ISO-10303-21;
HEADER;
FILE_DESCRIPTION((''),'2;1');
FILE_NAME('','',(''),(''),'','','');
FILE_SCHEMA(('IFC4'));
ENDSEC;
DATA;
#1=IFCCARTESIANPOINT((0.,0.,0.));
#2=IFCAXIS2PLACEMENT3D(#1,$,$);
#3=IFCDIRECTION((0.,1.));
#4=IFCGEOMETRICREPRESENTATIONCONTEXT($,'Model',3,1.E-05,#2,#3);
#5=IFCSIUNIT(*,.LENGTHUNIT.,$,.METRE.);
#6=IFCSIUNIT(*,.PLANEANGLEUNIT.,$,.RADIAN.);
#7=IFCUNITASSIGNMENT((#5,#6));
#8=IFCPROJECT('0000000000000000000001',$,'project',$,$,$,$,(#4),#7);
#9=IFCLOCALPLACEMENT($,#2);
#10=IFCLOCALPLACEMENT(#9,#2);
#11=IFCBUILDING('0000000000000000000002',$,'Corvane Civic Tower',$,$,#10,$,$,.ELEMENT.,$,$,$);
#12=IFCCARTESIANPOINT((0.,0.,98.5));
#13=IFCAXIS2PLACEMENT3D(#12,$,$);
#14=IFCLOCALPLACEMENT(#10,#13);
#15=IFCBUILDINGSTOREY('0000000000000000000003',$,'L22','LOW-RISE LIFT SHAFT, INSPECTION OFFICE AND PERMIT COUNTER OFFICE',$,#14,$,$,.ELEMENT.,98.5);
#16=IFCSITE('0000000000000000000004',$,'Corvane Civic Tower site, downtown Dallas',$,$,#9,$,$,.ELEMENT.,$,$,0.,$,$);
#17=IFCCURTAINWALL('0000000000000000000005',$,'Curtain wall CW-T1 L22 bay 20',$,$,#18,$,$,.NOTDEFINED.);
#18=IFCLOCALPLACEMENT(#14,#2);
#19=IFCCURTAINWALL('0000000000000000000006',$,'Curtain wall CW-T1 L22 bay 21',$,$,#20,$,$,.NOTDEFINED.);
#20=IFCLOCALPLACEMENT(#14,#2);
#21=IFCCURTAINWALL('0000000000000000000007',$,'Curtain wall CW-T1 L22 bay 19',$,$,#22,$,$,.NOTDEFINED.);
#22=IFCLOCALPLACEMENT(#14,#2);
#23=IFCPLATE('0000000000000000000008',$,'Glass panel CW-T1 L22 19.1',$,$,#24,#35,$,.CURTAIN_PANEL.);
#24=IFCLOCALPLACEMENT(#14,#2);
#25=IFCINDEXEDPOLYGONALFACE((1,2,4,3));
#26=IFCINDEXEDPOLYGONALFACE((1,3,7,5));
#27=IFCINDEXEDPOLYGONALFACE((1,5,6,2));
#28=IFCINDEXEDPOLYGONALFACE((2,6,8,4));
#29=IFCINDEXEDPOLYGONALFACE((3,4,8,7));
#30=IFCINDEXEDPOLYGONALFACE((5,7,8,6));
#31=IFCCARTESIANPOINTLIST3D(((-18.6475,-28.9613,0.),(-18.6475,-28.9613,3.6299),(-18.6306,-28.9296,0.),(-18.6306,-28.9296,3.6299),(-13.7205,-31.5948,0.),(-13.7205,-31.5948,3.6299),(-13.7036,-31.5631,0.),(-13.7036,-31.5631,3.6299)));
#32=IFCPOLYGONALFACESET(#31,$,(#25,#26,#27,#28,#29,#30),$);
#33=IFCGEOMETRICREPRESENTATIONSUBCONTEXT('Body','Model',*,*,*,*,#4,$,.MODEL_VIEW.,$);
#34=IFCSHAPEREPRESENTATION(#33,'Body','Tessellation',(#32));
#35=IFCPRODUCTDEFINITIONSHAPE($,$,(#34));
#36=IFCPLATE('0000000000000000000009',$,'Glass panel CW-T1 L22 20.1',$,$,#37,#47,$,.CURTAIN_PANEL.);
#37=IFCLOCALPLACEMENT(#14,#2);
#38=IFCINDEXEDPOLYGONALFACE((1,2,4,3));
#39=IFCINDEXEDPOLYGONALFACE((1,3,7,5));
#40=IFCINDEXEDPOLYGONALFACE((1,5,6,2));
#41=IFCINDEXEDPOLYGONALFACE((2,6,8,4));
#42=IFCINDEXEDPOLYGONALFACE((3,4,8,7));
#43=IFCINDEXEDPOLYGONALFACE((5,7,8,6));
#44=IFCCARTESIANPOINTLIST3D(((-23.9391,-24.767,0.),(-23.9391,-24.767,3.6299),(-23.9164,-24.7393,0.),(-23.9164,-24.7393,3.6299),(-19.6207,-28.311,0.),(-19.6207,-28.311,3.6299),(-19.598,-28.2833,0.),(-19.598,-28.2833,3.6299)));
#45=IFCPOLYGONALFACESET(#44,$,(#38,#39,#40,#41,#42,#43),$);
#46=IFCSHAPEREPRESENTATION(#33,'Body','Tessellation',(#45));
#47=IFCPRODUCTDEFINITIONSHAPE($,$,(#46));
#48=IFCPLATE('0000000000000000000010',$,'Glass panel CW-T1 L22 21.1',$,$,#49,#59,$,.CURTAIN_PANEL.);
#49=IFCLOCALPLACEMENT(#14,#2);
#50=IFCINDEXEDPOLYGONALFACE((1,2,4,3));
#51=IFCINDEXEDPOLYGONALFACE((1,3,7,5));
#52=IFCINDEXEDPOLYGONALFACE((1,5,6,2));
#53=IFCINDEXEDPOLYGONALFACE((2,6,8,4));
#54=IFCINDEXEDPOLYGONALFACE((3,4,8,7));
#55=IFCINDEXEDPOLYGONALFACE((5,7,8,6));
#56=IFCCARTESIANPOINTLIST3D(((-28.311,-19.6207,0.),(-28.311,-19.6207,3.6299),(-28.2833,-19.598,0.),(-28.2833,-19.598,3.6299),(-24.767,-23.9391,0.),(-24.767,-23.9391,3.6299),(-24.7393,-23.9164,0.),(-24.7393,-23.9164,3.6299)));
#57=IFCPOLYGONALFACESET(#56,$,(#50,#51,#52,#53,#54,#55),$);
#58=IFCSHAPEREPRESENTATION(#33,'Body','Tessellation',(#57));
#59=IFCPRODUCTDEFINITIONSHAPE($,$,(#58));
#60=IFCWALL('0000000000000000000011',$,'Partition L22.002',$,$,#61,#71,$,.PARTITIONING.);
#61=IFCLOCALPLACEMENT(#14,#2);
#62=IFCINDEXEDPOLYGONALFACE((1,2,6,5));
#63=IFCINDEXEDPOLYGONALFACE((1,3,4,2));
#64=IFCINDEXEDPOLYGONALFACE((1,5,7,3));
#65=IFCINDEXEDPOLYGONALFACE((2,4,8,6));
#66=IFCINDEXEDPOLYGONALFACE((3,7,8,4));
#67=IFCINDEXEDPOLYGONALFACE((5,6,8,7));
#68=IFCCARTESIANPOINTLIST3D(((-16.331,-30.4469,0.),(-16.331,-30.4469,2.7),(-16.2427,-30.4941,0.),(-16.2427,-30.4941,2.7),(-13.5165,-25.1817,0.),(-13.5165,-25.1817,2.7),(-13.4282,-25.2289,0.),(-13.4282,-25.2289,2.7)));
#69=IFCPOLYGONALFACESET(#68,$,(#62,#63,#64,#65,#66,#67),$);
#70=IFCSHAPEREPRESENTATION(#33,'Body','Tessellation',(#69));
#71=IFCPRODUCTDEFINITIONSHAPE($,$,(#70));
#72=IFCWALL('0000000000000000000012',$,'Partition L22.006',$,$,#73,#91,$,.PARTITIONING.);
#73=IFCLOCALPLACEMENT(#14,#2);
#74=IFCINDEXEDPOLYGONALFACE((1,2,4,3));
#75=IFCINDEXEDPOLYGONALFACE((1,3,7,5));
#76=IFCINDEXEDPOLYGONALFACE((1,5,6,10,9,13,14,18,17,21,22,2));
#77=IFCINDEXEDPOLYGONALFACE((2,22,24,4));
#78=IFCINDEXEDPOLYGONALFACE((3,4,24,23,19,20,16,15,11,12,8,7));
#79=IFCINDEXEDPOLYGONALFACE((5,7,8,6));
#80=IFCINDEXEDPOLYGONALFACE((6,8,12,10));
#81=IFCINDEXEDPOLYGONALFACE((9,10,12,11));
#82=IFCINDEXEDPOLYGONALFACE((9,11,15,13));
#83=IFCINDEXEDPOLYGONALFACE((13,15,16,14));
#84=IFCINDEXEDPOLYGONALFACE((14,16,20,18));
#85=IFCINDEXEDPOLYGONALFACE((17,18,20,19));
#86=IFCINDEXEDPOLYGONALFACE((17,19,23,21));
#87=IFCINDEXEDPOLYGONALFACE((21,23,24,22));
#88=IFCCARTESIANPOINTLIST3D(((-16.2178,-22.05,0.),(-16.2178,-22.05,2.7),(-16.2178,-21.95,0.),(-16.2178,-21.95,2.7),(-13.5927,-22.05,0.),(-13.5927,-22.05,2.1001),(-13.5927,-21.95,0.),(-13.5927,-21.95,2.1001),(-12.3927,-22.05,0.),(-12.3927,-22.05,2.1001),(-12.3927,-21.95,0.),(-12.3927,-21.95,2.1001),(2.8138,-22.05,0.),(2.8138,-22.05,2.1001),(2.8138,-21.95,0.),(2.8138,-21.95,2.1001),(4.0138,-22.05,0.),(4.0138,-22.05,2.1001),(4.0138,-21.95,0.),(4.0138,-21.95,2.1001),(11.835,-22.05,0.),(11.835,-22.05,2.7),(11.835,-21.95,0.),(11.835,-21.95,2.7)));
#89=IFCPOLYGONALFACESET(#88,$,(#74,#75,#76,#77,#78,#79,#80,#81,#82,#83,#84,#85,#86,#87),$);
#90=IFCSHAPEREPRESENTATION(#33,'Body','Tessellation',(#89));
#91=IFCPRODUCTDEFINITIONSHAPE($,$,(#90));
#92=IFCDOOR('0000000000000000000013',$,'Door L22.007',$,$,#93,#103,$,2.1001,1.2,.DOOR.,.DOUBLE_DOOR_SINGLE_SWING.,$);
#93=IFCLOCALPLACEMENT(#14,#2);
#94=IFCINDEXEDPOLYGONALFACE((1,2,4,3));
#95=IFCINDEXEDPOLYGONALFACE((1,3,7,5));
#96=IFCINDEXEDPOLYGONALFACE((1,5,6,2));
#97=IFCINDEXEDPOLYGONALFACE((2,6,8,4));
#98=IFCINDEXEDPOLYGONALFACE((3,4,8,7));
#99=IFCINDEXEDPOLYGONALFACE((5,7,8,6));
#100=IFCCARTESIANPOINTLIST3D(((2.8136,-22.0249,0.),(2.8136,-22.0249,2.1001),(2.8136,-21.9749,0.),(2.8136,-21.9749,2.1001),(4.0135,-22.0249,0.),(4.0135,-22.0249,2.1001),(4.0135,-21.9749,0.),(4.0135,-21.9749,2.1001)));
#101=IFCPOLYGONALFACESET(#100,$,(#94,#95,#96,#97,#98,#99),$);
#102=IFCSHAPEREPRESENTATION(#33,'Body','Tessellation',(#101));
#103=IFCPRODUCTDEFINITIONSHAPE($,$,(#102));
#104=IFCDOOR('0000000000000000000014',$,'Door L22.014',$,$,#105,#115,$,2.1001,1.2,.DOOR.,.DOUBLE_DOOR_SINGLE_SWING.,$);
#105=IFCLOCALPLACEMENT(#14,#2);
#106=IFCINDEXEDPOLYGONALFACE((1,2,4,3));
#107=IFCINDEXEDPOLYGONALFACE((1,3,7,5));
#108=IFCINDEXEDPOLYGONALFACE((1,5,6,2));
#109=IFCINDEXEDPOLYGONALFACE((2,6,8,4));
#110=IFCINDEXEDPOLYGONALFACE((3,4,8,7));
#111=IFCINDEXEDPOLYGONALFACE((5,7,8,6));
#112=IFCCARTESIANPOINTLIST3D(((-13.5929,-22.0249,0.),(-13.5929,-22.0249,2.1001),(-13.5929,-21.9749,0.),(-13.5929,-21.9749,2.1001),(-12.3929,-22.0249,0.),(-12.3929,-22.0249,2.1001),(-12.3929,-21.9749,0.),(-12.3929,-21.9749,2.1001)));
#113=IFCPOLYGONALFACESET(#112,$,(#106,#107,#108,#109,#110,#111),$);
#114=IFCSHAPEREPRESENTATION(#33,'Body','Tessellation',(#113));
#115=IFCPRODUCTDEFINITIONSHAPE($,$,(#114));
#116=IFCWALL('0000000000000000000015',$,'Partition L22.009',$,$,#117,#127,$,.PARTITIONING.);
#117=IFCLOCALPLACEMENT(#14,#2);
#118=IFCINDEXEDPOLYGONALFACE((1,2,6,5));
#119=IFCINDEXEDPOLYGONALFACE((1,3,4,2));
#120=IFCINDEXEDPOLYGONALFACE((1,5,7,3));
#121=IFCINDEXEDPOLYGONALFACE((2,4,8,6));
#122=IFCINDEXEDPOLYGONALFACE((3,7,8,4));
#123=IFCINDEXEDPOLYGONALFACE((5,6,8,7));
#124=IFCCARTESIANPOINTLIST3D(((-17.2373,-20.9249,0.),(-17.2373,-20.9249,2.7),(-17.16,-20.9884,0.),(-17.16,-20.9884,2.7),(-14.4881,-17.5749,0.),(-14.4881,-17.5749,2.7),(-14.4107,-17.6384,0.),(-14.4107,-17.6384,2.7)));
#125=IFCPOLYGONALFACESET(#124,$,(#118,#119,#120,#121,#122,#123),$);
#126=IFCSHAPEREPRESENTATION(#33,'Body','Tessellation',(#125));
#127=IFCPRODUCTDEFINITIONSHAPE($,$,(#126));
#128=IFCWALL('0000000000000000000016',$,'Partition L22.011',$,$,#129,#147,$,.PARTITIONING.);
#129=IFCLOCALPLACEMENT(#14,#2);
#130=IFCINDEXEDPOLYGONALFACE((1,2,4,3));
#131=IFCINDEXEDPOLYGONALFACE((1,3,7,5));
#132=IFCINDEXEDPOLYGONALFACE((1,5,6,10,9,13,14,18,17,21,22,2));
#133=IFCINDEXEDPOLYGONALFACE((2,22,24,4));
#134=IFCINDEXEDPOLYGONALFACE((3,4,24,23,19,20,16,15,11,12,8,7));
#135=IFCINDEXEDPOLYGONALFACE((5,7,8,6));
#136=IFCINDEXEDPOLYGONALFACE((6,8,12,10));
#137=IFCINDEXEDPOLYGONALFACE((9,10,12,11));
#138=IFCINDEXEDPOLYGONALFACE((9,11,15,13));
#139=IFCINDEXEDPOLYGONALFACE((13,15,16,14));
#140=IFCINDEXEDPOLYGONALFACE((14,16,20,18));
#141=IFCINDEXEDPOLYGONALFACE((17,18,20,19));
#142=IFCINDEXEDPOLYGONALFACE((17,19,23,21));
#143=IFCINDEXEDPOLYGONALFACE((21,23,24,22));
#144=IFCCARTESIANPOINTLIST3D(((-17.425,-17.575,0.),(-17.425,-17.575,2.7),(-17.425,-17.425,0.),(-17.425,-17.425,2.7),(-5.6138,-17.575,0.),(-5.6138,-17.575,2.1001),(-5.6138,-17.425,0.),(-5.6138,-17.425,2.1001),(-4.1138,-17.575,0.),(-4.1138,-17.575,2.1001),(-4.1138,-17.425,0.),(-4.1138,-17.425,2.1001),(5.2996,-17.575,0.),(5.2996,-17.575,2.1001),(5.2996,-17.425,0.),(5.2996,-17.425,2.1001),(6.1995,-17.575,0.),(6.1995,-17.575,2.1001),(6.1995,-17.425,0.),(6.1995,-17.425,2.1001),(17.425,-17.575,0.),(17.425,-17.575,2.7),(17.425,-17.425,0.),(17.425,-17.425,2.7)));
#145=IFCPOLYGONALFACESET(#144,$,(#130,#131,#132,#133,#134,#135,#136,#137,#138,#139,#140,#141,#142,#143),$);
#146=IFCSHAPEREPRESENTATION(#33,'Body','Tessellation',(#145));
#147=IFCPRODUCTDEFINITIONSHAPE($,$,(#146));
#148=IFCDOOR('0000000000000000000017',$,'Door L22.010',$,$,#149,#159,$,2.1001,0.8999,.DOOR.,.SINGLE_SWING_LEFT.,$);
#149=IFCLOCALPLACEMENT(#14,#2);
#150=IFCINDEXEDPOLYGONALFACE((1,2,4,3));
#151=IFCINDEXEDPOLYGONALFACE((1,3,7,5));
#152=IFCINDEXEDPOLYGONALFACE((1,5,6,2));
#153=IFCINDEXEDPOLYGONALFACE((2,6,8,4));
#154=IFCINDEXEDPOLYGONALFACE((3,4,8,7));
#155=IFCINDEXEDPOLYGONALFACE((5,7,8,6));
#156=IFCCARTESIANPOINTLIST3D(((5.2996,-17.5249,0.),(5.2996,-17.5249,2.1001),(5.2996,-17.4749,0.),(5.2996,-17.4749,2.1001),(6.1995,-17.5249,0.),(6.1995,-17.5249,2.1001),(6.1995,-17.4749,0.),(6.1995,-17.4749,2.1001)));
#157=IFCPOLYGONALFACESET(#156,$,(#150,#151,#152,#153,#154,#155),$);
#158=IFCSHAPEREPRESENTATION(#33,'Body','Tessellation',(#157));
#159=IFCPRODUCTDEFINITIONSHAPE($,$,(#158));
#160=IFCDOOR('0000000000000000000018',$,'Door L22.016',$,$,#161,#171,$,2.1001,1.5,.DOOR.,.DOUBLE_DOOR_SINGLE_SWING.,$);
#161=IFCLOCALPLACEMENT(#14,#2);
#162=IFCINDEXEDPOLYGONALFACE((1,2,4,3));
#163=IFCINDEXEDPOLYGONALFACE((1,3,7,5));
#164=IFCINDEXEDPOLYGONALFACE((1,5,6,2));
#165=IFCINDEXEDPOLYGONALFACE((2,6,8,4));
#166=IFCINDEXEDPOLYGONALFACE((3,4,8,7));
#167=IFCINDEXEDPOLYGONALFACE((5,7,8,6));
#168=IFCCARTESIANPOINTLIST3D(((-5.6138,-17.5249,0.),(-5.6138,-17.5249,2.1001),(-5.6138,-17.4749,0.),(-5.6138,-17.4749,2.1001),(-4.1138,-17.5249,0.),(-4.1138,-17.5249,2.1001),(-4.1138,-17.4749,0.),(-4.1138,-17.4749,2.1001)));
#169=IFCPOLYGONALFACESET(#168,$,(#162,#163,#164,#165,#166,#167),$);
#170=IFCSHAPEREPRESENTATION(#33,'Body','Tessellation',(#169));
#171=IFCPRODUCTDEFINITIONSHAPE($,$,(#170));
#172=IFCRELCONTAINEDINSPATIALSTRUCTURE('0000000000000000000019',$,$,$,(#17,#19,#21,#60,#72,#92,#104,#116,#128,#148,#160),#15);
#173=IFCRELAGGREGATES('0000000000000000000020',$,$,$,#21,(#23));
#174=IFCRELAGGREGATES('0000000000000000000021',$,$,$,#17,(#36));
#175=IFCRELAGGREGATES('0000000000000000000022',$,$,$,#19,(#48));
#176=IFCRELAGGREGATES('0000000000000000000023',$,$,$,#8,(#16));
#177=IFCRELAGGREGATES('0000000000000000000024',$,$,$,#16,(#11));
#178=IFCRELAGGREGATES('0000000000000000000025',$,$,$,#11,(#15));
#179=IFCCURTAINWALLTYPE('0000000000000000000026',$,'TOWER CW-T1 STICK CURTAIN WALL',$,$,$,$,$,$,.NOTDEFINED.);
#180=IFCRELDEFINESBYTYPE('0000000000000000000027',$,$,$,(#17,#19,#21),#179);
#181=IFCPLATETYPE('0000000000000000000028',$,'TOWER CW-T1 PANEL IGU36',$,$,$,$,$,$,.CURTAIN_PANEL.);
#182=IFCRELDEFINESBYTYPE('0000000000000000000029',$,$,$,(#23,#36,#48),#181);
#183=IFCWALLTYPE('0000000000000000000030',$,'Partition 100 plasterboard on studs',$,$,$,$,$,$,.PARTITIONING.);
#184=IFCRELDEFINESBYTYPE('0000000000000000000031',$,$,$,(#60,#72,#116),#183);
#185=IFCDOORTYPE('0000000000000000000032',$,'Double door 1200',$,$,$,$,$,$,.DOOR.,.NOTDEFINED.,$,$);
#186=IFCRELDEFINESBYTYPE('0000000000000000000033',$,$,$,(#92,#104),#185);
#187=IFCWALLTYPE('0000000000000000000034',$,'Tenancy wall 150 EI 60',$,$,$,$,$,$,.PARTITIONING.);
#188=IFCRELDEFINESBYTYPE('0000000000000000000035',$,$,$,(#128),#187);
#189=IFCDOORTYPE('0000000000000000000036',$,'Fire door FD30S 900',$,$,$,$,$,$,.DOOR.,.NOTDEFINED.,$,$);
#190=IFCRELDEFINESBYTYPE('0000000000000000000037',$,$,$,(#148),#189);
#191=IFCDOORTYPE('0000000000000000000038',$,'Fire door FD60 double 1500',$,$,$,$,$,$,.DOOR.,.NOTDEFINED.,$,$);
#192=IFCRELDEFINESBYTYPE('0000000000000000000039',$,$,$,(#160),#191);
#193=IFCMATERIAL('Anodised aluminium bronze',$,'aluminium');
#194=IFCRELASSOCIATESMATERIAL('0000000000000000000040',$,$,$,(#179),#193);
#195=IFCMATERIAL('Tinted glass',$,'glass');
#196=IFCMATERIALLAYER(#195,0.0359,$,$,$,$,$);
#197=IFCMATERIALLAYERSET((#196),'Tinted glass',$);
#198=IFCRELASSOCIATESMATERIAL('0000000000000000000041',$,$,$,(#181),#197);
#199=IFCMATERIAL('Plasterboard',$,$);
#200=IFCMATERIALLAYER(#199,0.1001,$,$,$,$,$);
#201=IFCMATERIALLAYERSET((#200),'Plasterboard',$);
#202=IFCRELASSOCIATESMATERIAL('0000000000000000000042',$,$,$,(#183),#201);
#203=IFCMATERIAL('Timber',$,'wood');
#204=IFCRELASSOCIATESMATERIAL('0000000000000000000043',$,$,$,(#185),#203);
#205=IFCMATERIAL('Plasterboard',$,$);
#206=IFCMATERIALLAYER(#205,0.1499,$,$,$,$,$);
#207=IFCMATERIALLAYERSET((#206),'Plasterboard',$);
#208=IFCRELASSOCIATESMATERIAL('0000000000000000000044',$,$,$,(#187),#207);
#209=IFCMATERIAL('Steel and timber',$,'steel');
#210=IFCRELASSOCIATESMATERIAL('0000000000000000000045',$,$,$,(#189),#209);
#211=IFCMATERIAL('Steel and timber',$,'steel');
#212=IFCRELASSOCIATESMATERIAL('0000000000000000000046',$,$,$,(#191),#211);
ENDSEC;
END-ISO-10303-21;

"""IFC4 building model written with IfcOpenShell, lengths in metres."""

from ifc_helpers import new_model, si_unit, direction, frame, frame_2d, origin, origin_2d, place, context, subcontext, project, spatial, rectangle, extrude, material, layer, layer_set, type_object, element, fill, aggregate, save


model = new_model("IFC4")

# Units and contexts
model_context = context("Model", 3, precision=1e-05, world=origin(), true_north=direction((0.0, 1.0)))
body_context = subcontext(model_context, "Body", "Model", "MODEL_VIEW")
ifc_project = project(units=[si_unit("LENGTHUNIT", "METRE"), si_unit("PLANEANGLEUNIT", "RADIAN")], contexts=[model_context])

# Site, building, storey
site_placement = place(None, origin())
site = spatial("IfcSite", under=ifc_project, at=site_placement, Name="Corvane Civic Tower site, downtown Dallas", CompositionType="ELEMENT", RefElevation=0.0)
building_placement = place(site_placement, origin())
building = spatial("IfcBuilding", under=site, at=building_placement, Name="Corvane Civic Tower", CompositionType="ELEMENT")
storey_placement = place(building_placement, frame((0.0, 0.0, 98.5)))
storey = spatial("IfcBuildingStorey", under=building, at=storey_placement, Name="L22", Description="LOW-RISE LIFT SHAFT, INSPECTION OFFICE AND PERMIT COUNTER OFFICE", CompositionType="ELEMENT", Elevation=98.5)

# Curtain walls
ifc_material_1 = material(Name="Anodised aluminium bronze", Category="aluminium")
curtain_wall_type = type_object("IfcCurtainWallType", Name="TOWER CW-T1 STICK CURTAIN WALL", PredefinedType="NOTDEFINED", material=ifc_material_1)
curtain_wall_1_placement = place(storey_placement, origin())
curtain_wall_1 = element("IfcCurtainWall", 1, at=curtain_wall_1_placement, inside=storey, type_object=curtain_wall_type, Name="Curtain wall CW-T1 L22 bay 20", PredefinedType="NOTDEFINED")
curtain_wall_2_placement = place(storey_placement, origin())
curtain_wall_2 = element("IfcCurtainWall", 2, at=curtain_wall_2_placement, inside=storey, type_object=curtain_wall_type, Name="Curtain wall CW-T1 L22 bay 21", PredefinedType="NOTDEFINED")

# Curtain wall, plate
curtain_wall_3_placement = place(storey_placement, origin())
curtain_wall_3 = element("IfcCurtainWall", 3, at=curtain_wall_3_placement, inside=storey, type_object=curtain_wall_type, Name="Curtain wall CW-T1 L22 bay 19", PredefinedType="NOTDEFINED")
ifc_material_2 = material(Name="Tinted glass", Category="glass")
ifc_layer_1 = layer(ifc_material_2, 0.0359)
ifc_layer_set_1 = layer_set([ifc_layer_1], Name="Tinted glass")
plate_type = type_object("IfcPlateType", Name="TOWER CW-T1 PANEL IGU36", PredefinedType="CURTAIN_PANEL", material=ifc_layer_set_1)
plate_1_placement = place(storey_placement, frame((-16.1755, -30.2622, 0.0), z_axis=(0.0, 0.0, 1.0), x_axis=(-0.881924, 0.471392, 0.0)))
plate_1 = element("IfcPlate", 4, at=plate_1_placement, type_object=plate_type, Name="Glass panel CW-T1 L22 19.1", PredefinedType="CURTAIN_PANEL", context=body_context, shape_type="SweptSolid", body=[
    extrude(rectangle(XDim=5.5867, YDim=0.0359, at=origin_2d()), origin(), (0.0, 0.0, 1.0), 3.6299),
])
aggregate(curtain_wall_3, [plate_1])

# Plates
plate_2_placement = place(storey_placement, frame((-21.7686, -26.5251, 0.0), z_axis=(0.0, 0.0, 1.0), x_axis=(-0.773013, 0.63439, 0.0)))
plate_2 = element("IfcPlate", 5, at=plate_2_placement, type_object=plate_type, Name="Glass panel CW-T1 L22 20.1", PredefinedType="CURTAIN_PANEL", context=body_context, shape_type="SweptSolid", body=[
    extrude(rectangle(XDim=5.5864, YDim=0.0359, at=origin_2d()), origin(), (0.0, 0.0, 1.0), 3.6299),
])
aggregate(curtain_wall_1, [plate_2])
plate_3_placement = place(storey_placement, frame((-26.5251, -21.7686, 0.0), z_axis=(0.0, 0.0, 1.0), x_axis=(-0.63439, 0.773013, 0.0)))
plate_3 = element("IfcPlate", 6, at=plate_3_placement, type_object=plate_type, Name="Glass panel CW-T1 L22 21.1", PredefinedType="CURTAIN_PANEL", context=body_context, shape_type="SweptSolid", body=[
    extrude(rectangle(XDim=5.5864, YDim=0.0359, at=origin_2d()), origin(), (0.0, 0.0, 1.0), 3.6299),
])
aggregate(curtain_wall_2, [plate_3])

# Wall
ifc_material_3 = material(Name="Plasterboard")
ifc_layer_2 = layer(ifc_material_3, 0.1001)
ifc_layer_set_2 = layer_set([ifc_layer_2], Name="Plasterboard")
wall_type_1 = type_object("IfcWallType", Name="Partition 100 plasterboard on studs", PredefinedType="PARTITIONING", material=ifc_layer_set_2)
wall_1_placement = place(storey_placement, frame((-16.2869, -30.4705, 0.0), z_axis=(0.0, 0.0, 1.0), x_axis=(0.47142, 0.881909, 0.0)))
element("IfcWall", 7, at=wall_1_placement, inside=storey, type_object=wall_type_1, Name="Partition L22.002", PredefinedType="PARTITIONING", context=body_context, shape_type="SweptSolid", body=[
    extrude(rectangle(XDim=5.9702, YDim=0.1001, at=frame_2d((2.9851, 0.0))), origin(), (0.0, 0.0, 1.0), 2.7),
])

# Wall, openings, doors
wall_2_placement = place(storey_placement, frame((-16.2178, -22.0, 0.0), z_axis=(0.0, 0.0, 1.0), x_axis=(1.0, 0.0, 0.0)))
wall_2 = element("IfcWall", 8, at=wall_2_placement, inside=storey, type_object=wall_type_1, Name="Partition L22.006", PredefinedType="PARTITIONING", context=body_context, shape_type="SweptSolid", body=[
    extrude(rectangle(XDim=28.0527, YDim=0.1001, at=frame_2d((14.0264, 0.0))), origin(), (0.0, 0.0, 1.0), 2.7),
])
opening_1_placement = place(wall_2_placement, frame((19.0315, 0.0, 0.0)))
opening_1 = element("IfcOpeningElement", 9, at=opening_1_placement, cuts=wall_2, PredefinedType="OPENING", context=body_context, shape_type="SweptSolid", body=[
    extrude(rectangle(XDim=1.2, YDim=2.1001, at=frame_2d((0.6001, 1.05))), frame((0.0, 0.0601, 0.0), z_axis=(0.0, -1.0, 0.0), x_axis=(1.0, 0.0, 0.0)), (0.0, 0.0, 1.0), 0.1201),
])
opening_2_placement = place(wall_2_placement, frame((2.625, 0.0, 0.0)))
opening_2 = element("IfcOpeningElement", 10, at=opening_2_placement, cuts=wall_2, PredefinedType="OPENING", context=body_context, shape_type="SweptSolid", body=[
    extrude(rectangle(XDim=1.2, YDim=2.1001, at=frame_2d((0.6001, 1.05))), frame((0.0, 0.0601, 0.0), z_axis=(0.0, -1.0, 0.0), x_axis=(1.0, 0.0, 0.0)), (0.0, 0.0, 1.0), 0.1201),
])
ifc_material_4 = material(Name="Timber", Category="wood")
door_type_1 = type_object("IfcDoorType", Name="Double door 1200", OperationType="NOTDEFINED", PredefinedType="DOOR", material=ifc_material_4)
door_1_placement = place(opening_1_placement, frame((1.2, 0.0, 0.0), z_axis=(0.0, 0.0, 1.0), x_axis=(-1.0, 0.0, 0.0)))
door_1 = element("IfcDoor", 11, at=door_1_placement, inside=storey, type_object=door_type_1, Name="Door L22.007", OperationType="DOUBLE_DOOR_SINGLE_SWING", OverallHeight=2.1001, OverallWidth=1.2, PredefinedType="DOOR", context=body_context, shape_type="SweptSolid", body=[
    extrude(rectangle(XDim=1.2, YDim=2.1001, at=frame_2d((0.6001, 1.05))), frame((0.0, 0.0249, 0.0), z_axis=(0.0, -1.0, 0.0), x_axis=(1.0, 0.0, 0.0)), (0.0, 0.0, 1.0), 0.05),
])
fill(opening_1, door_1)
door_2_placement = place(opening_2_placement, frame((1.2, 0.0, 0.0), z_axis=(0.0, 0.0, 1.0), x_axis=(-1.0, 0.0, 0.0)))
door_2 = element("IfcDoor", 12, at=door_2_placement, inside=storey, type_object=door_type_1, Name="Door L22.014", OperationType="DOUBLE_DOOR_SINGLE_SWING", OverallHeight=2.1001, OverallWidth=1.2, PredefinedType="DOOR", context=body_context, shape_type="SweptSolid", body=[
    extrude(rectangle(XDim=1.2, YDim=2.1001, at=frame_2d((0.6001, 1.05))), frame((0.0, 0.0249, 0.0), z_axis=(0.0, -1.0, 0.0), x_axis=(1.0, 0.0, 0.0)), (0.0, 0.0, 1.0), 0.05),
])
fill(opening_2, door_2)

# Wall
wall_3_placement = place(storey_placement, frame((-17.1987, -20.9568, 0.0), z_axis=(0.0, 0.0, 1.0), x_axis=(0.634381, 0.77302, 0.0)))
element("IfcWall", 13, at=wall_3_placement, inside=storey, type_object=wall_type_1, Name="Partition L22.009", PredefinedType="PARTITIONING", context=body_context, shape_type="SweptSolid", body=[
    extrude(rectangle(XDim=4.3337, YDim=0.1001, at=frame_2d((2.167, 0.0))), origin(), (0.0, 0.0, 1.0), 2.7),
])

# Wall, openings, doors
ifc_material_5 = material(Name="Plasterboard")
ifc_layer_3 = layer(ifc_material_5, 0.1499)
ifc_layer_set_3 = layer_set([ifc_layer_3], Name="Plasterboard")
wall_type_2 = type_object("IfcWallType", Name="Tenancy wall 150 EI 60", PredefinedType="PARTITIONING", material=ifc_layer_set_3)
wall_4_placement = place(storey_placement, frame((-17.425, -17.5, 0.0), z_axis=(0.0, 0.0, 1.0), x_axis=(1.0, 0.0, 0.0)))
wall_4 = element("IfcWall", 14, at=wall_4_placement, inside=storey, type_object=wall_type_2, Name="Partition L22.011", PredefinedType="PARTITIONING", context=body_context, shape_type="SweptSolid", body=[
    extrude(rectangle(XDim=34.8501, YDim=0.1499, at=frame_2d((17.425, 0.0))), origin(), (0.0, 0.0, 1.0), 2.7),
])
opening_3_placement = place(wall_4_placement, frame((22.7246, 0.0, 0.0)))
opening_3 = element("IfcOpeningElement", 15, at=opening_3_placement, cuts=wall_4, PredefinedType="OPENING", context=body_context, shape_type="SweptSolid", body=[
    extrude(rectangle(XDim=0.8999, YDim=2.1001, at=frame_2d((0.45, 1.05))), frame((0.0, 0.085, 0.0), z_axis=(0.0, -1.0, 0.0), x_axis=(1.0, 0.0, 0.0)), (0.0, 0.0, 1.0), 0.1699),
])
opening_4_placement = place(wall_4_placement, frame((11.8113, 0.0, 0.0)))
opening_4 = element("IfcOpeningElement", 16, at=opening_4_placement, cuts=wall_4, PredefinedType="OPENING", context=body_context, shape_type="SweptSolid", body=[
    extrude(rectangle(XDim=1.5, YDim=2.1001, at=frame_2d((0.75, 1.05))), frame((0.0, 0.085, 0.0), z_axis=(0.0, -1.0, 0.0), x_axis=(1.0, 0.0, 0.0)), (0.0, 0.0, 1.0), 0.1699),
])
ifc_material_6 = material(Name="Steel and timber", Category="steel")
door_type_2 = type_object("IfcDoorType", Name="Fire door FD30S 900", OperationType="NOTDEFINED", PredefinedType="DOOR", material=ifc_material_6)
door_3_placement = place(opening_3_placement, frame((0.8999, 0.0, 0.0), z_axis=(0.0, 0.0, 1.0), x_axis=(-1.0, 0.0, 0.0)))
door_3 = element("IfcDoor", 17, at=door_3_placement, inside=storey, type_object=door_type_2, Name="Door L22.010", OperationType="SINGLE_SWING_LEFT", OverallHeight=2.1001, OverallWidth=0.8999, PredefinedType="DOOR", context=body_context, shape_type="SweptSolid", body=[
    extrude(rectangle(XDim=0.8999, YDim=2.1001, at=frame_2d((0.45, 1.05))), frame((0.0, 0.0249, 0.0), z_axis=(0.0, -1.0, 0.0), x_axis=(1.0, 0.0, 0.0)), (0.0, 0.0, 1.0), 0.05),
])
fill(opening_3, door_3)
ifc_material_7 = material(Name="Steel and timber", Category="steel")
door_type_3 = type_object("IfcDoorType", Name="Fire door FD60 double 1500", OperationType="NOTDEFINED", PredefinedType="DOOR", material=ifc_material_7)
door_4_placement = place(opening_4_placement, frame((1.5, 0.0, 0.0), z_axis=(0.0, 0.0, 1.0), x_axis=(-1.0, 0.0, 0.0)))
door_4 = element("IfcDoor", 18, at=door_4_placement, inside=storey, type_object=door_type_3, Name="Door L22.016", OperationType="DOUBLE_DOOR_SINGLE_SWING", OverallHeight=2.1001, OverallWidth=1.5, PredefinedType="DOOR", context=body_context, shape_type="SweptSolid", body=[
    extrude(rectangle(XDim=1.5, YDim=2.1001, at=frame_2d((0.75, 1.05))), frame((0.0, 0.0249, 0.0), z_axis=(0.0, -1.0, 0.0), x_axis=(1.0, 0.0, 0.0)), (0.0, 0.0, 1.0), 0.05),
])
fill(opening_4, door_4)

save(model, "model.ifc")
